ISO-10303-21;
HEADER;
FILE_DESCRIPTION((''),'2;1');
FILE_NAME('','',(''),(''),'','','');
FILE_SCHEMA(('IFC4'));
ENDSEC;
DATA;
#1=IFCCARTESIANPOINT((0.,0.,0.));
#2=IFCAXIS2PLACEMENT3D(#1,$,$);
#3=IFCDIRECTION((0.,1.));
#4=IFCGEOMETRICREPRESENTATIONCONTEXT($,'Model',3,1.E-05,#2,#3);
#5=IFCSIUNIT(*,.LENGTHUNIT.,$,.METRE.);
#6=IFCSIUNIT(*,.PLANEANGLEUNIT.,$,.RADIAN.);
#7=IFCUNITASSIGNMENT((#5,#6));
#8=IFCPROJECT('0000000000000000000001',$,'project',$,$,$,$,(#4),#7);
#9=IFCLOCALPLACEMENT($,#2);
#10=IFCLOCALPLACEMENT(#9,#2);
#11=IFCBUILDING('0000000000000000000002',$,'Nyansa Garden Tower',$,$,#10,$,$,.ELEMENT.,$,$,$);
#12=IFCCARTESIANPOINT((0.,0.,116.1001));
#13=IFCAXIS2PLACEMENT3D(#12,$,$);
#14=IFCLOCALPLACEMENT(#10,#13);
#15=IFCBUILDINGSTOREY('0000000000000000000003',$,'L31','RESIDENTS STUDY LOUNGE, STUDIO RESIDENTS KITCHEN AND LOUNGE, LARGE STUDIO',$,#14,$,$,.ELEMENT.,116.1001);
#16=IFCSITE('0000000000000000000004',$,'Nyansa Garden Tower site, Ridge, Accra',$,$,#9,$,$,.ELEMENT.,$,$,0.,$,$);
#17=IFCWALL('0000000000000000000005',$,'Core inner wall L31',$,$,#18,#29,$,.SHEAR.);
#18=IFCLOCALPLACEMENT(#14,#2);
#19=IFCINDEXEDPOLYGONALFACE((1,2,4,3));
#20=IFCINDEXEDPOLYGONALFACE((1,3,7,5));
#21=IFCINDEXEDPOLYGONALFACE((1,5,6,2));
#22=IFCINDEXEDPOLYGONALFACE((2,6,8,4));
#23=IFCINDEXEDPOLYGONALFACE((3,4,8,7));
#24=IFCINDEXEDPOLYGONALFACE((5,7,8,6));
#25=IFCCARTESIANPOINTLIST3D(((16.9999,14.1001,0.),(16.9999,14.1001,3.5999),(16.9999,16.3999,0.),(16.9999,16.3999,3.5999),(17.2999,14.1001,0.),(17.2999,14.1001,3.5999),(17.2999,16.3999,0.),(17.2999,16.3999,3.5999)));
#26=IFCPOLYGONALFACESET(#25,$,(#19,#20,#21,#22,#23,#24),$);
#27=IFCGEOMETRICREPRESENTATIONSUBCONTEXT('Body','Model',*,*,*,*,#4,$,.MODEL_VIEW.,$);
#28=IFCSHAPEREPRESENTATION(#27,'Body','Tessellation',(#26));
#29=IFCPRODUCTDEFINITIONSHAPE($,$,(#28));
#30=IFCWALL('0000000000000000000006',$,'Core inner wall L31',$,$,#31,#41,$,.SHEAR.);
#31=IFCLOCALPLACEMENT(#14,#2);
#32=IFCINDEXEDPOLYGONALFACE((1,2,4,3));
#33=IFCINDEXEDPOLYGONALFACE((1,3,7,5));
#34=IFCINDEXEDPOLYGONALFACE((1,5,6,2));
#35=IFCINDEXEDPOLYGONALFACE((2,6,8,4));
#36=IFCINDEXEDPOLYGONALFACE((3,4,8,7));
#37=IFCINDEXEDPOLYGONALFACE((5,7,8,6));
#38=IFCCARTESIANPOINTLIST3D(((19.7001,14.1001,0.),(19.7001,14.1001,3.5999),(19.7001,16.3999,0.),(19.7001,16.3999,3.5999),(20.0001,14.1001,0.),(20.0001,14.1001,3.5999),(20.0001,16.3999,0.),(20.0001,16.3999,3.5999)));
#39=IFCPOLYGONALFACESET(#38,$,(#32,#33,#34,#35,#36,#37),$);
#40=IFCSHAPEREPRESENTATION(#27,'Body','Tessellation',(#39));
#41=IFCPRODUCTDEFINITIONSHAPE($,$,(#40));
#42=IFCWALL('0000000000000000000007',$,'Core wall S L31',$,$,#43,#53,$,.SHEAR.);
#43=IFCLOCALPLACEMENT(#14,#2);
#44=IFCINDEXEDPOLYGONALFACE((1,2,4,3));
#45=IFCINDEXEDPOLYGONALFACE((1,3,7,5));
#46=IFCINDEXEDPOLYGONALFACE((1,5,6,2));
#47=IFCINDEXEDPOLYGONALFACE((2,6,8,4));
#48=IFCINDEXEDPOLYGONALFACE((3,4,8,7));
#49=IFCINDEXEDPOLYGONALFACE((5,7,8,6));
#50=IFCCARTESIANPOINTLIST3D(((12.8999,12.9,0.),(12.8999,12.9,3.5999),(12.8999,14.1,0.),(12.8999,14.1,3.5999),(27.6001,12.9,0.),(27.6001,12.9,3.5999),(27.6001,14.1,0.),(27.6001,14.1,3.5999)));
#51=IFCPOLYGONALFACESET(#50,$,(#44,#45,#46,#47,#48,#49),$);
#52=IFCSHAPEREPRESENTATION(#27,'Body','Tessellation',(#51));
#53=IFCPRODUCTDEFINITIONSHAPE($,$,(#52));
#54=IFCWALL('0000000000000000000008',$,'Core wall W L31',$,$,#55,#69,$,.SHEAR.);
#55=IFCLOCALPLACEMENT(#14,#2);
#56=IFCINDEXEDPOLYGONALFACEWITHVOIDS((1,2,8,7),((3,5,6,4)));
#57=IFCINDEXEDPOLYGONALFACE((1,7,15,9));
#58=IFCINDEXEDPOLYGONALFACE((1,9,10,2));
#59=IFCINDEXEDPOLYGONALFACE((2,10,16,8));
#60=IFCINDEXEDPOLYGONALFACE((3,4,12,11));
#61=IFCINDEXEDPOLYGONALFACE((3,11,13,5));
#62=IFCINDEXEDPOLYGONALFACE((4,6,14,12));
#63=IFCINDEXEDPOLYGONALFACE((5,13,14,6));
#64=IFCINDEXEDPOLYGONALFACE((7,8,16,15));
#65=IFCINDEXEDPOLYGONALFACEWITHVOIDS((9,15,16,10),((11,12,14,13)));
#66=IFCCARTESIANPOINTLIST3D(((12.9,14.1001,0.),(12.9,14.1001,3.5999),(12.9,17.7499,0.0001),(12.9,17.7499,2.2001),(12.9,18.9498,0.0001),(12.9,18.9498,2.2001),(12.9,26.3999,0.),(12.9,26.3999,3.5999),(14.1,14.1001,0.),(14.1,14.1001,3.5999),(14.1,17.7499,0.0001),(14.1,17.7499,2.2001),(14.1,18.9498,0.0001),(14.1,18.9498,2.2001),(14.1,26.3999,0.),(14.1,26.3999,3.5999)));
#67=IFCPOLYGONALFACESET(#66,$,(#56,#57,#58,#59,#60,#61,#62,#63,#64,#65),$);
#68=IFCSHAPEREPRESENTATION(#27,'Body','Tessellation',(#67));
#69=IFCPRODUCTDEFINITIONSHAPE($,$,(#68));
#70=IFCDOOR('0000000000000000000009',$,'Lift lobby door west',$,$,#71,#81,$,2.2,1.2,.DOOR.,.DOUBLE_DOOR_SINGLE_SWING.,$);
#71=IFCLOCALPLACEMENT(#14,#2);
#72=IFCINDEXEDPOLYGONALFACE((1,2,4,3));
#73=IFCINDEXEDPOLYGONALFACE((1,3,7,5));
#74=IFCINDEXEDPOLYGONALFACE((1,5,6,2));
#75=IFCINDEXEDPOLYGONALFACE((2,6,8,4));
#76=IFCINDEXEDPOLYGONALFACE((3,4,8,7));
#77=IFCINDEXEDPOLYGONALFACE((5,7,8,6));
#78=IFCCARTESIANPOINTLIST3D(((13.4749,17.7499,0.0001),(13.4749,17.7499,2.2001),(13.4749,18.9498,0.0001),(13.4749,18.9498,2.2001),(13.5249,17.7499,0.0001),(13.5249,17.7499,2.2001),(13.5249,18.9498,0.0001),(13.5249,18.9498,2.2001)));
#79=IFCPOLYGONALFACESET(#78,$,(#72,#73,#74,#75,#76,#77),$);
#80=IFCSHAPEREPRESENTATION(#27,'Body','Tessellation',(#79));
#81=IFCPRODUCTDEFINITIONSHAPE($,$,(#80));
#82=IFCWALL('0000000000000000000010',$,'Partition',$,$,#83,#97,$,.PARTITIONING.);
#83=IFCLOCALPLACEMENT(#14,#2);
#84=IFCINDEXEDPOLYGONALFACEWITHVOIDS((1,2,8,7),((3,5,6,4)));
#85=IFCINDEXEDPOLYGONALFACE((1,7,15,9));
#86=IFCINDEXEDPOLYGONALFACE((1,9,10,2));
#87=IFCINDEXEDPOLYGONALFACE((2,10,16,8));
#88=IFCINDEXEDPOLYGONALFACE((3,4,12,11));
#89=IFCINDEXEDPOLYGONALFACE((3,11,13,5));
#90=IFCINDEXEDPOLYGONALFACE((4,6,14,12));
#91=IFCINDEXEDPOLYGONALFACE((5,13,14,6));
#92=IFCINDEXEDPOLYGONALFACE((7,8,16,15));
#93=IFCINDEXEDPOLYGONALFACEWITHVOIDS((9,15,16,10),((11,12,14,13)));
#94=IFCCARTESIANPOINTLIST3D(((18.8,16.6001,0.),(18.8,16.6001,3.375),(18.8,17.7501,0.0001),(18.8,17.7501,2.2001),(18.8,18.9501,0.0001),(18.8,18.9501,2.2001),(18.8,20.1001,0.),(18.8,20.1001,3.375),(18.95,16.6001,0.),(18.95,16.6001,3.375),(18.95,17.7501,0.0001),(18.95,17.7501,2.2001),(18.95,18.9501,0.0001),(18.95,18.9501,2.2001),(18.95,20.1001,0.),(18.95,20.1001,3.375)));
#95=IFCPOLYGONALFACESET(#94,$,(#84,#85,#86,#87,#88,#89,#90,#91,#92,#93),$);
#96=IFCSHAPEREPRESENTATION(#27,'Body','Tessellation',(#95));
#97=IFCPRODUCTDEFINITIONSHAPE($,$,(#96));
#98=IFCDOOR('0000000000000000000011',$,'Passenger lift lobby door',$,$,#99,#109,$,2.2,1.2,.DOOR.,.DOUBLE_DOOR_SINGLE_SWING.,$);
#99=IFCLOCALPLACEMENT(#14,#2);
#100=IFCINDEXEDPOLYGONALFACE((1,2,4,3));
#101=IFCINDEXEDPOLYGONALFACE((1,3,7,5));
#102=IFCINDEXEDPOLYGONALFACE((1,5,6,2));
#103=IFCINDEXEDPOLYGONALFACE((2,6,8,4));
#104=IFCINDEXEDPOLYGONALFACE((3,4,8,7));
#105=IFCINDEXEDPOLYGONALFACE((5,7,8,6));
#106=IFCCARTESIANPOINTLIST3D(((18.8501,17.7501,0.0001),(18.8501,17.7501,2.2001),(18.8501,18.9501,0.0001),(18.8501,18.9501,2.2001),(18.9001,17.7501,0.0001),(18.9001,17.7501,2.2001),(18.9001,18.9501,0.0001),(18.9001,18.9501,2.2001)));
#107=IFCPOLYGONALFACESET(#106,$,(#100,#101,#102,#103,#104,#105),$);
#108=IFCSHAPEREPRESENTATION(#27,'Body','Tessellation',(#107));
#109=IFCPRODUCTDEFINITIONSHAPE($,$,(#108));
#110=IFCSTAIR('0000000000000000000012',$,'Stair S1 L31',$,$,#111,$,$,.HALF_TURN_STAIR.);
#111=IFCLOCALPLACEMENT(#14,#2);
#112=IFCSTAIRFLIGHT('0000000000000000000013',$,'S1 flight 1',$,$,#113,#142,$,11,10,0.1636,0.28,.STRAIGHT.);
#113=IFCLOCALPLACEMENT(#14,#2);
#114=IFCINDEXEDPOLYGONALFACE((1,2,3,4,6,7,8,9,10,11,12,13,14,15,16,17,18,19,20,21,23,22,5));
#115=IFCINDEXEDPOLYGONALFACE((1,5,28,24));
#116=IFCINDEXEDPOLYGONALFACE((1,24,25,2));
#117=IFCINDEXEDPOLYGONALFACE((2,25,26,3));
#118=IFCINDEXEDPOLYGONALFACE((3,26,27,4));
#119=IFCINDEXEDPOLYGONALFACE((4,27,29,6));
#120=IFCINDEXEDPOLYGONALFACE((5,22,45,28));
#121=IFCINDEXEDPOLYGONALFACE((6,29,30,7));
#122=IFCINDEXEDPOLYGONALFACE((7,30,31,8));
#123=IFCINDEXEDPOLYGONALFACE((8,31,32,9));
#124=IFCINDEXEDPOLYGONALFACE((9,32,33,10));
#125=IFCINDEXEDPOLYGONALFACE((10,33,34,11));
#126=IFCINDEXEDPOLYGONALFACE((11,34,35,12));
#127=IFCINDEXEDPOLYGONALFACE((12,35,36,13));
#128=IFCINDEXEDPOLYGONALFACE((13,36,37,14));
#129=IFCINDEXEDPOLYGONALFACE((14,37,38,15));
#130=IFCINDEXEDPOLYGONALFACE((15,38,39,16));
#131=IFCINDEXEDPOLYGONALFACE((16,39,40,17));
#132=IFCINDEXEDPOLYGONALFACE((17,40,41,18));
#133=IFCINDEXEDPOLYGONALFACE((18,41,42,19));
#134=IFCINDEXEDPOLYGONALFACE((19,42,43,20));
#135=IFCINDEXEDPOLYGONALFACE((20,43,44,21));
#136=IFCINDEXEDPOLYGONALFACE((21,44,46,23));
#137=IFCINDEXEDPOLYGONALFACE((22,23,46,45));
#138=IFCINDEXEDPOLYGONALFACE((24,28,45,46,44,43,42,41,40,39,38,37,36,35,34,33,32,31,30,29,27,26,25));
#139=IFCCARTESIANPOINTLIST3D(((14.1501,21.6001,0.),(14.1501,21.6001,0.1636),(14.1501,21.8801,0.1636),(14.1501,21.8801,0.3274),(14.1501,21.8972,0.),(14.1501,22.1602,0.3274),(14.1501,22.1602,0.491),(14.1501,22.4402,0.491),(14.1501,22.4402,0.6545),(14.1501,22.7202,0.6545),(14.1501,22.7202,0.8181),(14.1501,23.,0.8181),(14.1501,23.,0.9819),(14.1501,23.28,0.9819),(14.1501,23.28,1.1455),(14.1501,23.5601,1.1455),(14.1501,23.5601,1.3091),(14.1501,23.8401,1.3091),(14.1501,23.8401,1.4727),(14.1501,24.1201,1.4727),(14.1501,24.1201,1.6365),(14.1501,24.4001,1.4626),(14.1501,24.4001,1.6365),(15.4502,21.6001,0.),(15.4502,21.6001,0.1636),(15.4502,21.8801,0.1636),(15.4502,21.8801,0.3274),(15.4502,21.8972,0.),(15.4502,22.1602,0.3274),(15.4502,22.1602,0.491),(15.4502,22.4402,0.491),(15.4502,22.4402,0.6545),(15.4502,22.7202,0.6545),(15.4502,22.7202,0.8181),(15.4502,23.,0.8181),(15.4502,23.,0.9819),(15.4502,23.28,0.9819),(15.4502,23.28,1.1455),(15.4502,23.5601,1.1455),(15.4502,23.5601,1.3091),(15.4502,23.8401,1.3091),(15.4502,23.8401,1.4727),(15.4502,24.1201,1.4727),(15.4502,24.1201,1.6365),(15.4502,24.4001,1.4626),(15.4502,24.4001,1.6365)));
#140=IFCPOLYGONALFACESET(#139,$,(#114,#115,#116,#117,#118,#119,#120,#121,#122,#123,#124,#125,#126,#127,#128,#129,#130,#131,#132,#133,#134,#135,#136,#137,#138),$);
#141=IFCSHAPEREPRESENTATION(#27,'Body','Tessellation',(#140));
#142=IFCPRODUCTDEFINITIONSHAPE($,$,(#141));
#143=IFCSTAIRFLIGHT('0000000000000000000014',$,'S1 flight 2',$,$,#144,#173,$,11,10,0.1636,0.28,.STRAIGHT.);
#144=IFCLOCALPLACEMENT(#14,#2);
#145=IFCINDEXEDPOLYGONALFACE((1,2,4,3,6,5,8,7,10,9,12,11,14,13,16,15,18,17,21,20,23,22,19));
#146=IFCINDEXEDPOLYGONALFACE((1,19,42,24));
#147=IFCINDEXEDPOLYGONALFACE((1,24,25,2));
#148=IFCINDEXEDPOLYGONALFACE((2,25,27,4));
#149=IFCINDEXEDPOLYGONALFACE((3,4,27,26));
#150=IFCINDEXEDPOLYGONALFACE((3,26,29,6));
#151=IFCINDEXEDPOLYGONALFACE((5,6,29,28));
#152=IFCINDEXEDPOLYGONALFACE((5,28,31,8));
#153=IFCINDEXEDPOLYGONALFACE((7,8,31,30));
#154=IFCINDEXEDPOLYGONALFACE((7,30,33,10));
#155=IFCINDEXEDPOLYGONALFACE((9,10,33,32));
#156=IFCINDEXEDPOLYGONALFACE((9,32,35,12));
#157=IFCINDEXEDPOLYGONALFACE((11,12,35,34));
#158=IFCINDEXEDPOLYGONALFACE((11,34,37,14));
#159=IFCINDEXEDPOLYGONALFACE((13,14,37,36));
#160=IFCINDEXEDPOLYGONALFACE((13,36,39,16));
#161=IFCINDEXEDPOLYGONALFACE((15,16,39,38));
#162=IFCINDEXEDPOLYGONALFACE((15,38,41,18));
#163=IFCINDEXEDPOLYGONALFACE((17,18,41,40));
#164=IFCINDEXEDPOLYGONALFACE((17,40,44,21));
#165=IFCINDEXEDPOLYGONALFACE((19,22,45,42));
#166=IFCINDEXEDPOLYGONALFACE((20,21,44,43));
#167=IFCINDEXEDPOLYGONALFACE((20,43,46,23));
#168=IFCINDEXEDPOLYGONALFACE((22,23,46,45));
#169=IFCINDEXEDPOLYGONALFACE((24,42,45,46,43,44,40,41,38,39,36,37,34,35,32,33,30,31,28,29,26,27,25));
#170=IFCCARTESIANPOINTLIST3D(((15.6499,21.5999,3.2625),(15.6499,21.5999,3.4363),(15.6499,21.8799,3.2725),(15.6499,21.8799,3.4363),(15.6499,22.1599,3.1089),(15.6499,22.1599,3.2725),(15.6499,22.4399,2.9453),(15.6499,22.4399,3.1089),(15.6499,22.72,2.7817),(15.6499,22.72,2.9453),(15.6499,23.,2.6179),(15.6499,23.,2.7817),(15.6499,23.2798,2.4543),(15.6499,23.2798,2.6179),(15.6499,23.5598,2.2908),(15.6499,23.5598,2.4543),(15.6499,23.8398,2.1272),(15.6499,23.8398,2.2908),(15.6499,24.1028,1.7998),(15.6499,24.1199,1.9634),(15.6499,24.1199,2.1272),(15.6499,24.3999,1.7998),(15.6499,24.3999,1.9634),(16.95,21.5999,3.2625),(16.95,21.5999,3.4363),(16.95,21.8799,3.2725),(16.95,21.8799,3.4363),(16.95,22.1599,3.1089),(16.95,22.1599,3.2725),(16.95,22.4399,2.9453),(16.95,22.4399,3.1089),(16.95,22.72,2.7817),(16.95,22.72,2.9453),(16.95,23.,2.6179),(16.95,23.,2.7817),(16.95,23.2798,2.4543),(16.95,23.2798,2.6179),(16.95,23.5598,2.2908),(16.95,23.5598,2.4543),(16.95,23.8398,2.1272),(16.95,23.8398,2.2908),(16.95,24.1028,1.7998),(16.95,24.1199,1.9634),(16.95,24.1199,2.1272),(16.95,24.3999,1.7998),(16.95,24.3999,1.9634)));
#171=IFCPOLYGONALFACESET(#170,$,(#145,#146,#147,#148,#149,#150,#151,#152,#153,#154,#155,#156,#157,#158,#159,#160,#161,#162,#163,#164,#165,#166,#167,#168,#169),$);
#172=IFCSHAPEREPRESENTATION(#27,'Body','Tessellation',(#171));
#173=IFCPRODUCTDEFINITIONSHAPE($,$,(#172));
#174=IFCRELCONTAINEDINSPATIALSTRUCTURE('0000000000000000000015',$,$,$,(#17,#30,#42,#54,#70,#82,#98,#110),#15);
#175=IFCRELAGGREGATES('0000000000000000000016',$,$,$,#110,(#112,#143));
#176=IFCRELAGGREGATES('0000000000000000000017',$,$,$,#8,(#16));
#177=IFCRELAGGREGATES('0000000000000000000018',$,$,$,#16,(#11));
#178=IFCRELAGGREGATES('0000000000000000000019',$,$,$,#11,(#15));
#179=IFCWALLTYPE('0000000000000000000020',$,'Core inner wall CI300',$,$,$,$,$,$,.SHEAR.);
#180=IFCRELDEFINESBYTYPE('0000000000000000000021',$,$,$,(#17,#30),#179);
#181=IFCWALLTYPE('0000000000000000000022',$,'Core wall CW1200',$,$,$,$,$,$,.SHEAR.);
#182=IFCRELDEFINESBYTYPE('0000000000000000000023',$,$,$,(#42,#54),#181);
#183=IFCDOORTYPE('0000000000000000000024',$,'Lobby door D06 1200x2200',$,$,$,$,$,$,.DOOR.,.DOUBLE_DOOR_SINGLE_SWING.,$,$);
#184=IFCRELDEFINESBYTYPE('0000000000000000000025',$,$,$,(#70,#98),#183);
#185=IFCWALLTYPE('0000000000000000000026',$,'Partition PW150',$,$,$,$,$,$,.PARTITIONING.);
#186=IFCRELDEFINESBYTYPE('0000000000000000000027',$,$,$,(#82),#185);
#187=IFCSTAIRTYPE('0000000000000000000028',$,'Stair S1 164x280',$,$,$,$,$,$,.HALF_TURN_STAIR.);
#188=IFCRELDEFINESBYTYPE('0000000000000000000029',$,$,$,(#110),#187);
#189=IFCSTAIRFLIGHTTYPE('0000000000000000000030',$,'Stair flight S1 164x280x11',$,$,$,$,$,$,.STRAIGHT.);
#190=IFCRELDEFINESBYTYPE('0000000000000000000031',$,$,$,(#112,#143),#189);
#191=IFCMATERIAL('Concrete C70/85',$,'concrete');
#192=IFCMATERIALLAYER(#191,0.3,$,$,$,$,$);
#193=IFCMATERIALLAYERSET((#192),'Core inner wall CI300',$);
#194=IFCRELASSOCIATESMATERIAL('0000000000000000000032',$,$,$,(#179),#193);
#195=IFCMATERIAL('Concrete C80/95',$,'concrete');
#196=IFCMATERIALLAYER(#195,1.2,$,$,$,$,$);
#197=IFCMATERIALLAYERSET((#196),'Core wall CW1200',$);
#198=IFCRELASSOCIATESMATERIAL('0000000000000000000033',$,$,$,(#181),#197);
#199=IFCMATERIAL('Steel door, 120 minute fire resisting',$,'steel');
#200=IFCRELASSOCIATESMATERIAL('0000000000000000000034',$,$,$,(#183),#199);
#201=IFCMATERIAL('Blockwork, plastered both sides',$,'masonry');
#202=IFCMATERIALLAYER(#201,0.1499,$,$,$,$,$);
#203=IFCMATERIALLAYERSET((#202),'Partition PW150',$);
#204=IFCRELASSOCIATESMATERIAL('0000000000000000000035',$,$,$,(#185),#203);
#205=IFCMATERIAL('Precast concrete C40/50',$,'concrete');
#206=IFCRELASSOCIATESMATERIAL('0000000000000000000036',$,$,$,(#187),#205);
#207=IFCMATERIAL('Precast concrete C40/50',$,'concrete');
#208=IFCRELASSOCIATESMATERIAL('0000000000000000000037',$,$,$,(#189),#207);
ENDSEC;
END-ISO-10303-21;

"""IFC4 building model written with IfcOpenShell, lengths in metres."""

from ifc_helpers import new_model, si_unit, direction, frame, frame_2d, origin, place, context, subcontext, project, spatial, polyline, rectangle, outline, extrude, material, layer, layer_set, type_object, element, fill, aggregate, save


model = new_model("IFC4")

# Units and contexts
model_context = context("Model", 3, precision=1e-05, world=origin(), true_north=direction((0.0, 1.0)))
body_context = subcontext(model_context, "Body", "Model", "MODEL_VIEW")
ifc_project = project(units=[si_unit("LENGTHUNIT", "METRE"), si_unit("PLANEANGLEUNIT", "RADIAN")], contexts=[model_context])

# Site, building, storey
site_placement = place(None, origin())
site = spatial("IfcSite", under=ifc_project, at=site_placement, Name="Nyansa Garden Tower site, Ridge, Accra", CompositionType="ELEMENT", RefElevation=0.0)
building_placement = place(site_placement, origin())
building = spatial("IfcBuilding", under=site, at=building_placement, Name="Nyansa Garden Tower", CompositionType="ELEMENT")
storey_placement = place(building_placement, frame((0.0, 0.0, 116.1001)))
storey = spatial("IfcBuildingStorey", under=building, at=storey_placement, Name="L31", Description="RESIDENTS STUDY LOUNGE, STUDIO RESIDENTS KITCHEN AND LOUNGE, LARGE STUDIO", CompositionType="ELEMENT", Elevation=116.1001)

# Walls
ifc_material_1 = material(Name="Concrete C70/85", Category="concrete")
ifc_layer_1 = layer(ifc_material_1, 0.3)
ifc_layer_set_1 = layer_set([ifc_layer_1], Name="Core inner wall CI300")
wall_type_1 = type_object("IfcWallType", Name="Core inner wall CI300", PredefinedType="SHEAR", material=ifc_layer_set_1)
for number, where, z_axis, x_axis, name in (
    (1, (17.1499, 14.1001, 0.0), (0.0, 0.0, 1.0), (0.0, 1.0, 0.0), "Core inner wall L31"),
    (2, (19.8501, 14.1001, 0.0), (0.0, 0.0, 1.0), (0.0, 1.0, 0.0), "Core inner wall L31"),
):
    element("IfcWall", number, at=place(storey_placement, frame(where, z_axis=z_axis, x_axis=x_axis)), inside=storey, type_object=wall_type_1, Name=name, PredefinedType="SHEAR", context=body_context, shape_type="SweptSolid", body=[
        extrude(rectangle(XDim=2.2998, YDim=0.3, at=frame_2d((1.1499, 0.0))), origin(), (0.0, 0.0, 1.0), 3.5999),
    ])
ifc_material_2 = material(Name="Concrete C80/95", Category="concrete")
ifc_layer_2 = layer(ifc_material_2, 1.2)
ifc_layer_set_2 = layer_set([ifc_layer_2], Name="Core wall CW1200")
wall_type_2 = type_object("IfcWallType", Name="Core wall CW1200", PredefinedType="SHEAR", material=ifc_layer_set_2)
wall_1_placement = place(storey_placement, frame((12.8999, 13.5, 0.0), z_axis=(0.0, 0.0, 1.0), x_axis=(1.0, 0.0, 0.0)))
element("IfcWall", 3, at=wall_1_placement, inside=storey, type_object=wall_type_2, Name="Core wall S L31", PredefinedType="SHEAR", context=body_context, shape_type="SweptSolid", body=[
    extrude(rectangle(XDim=14.7002, YDim=1.2, at=frame_2d((7.3501, 0.0))), origin(), (0.0, 0.0, 1.0), 3.5999),
])

# Walls, openings, doors
wall_2_placement = place(storey_placement, frame((13.5, 26.3999, 0.0), z_axis=(0.0, 0.0, 1.0), x_axis=(0.0, -1.0, 0.0)))
wall_2 = element("IfcWall", 4, at=wall_2_placement, inside=storey, type_object=wall_type_2, Name="Core wall W L31", PredefinedType="SHEAR", context=body_context, shape_type="SweptSolid", body=[
    extrude(rectangle(XDim=12.2998, YDim=1.2, at=frame_2d((6.1499, 0.0))), origin(), (0.0, 0.0, 1.0), 3.5999),
])
opening_1_placement = place(wall_2_placement, frame((7.45, 0.0, 0.0)))
opening_1 = element("IfcOpeningElement", 5, at=opening_1_placement, cuts=wall_2, PredefinedType="OPENING", context=body_context, shape_type="SweptSolid", body=[
    extrude(rectangle(XDim=1.2, YDim=2.2, at=frame_2d((0.6001, 1.1001))), frame((0.0, 0.6099, 0.0), z_axis=(0.0, -1.0, 0.0), x_axis=(1.0, 0.0, 0.0)), (0.0, 0.0, 1.0), 1.22),
])
ifc_material_3 = material(Name="Steel door, 120 minute fire resisting", Category="steel")
door_type_1 = type_object("IfcDoorType", Name="Lobby door D06 1200x2200", OperationType="DOUBLE_DOOR_SINGLE_SWING", PredefinedType="DOOR", material=ifc_material_3)
door_1_placement = place(opening_1_placement, origin())
door_1 = element("IfcDoor", 6, at=door_1_placement, inside=storey, type_object=door_type_1, Name="Lift lobby door west", OperationType="DOUBLE_DOOR_SINGLE_SWING", OverallHeight=2.2, OverallWidth=1.2, PredefinedType="DOOR", context=body_context, shape_type="SweptSolid", body=[
    extrude(rectangle(XDim=1.2, YDim=2.2, at=frame_2d((0.6001, 1.1001))), frame((0.0, 0.0249, 0.0), z_axis=(0.0, -1.0, 0.0), x_axis=(1.0, 0.0, 0.0)), (0.0, 0.0, 1.0), 0.05),
])
fill(opening_1, door_1)
ifc_material_4 = material(Name="Blockwork, plastered both sides", Category="masonry")
ifc_layer_3 = layer(ifc_material_4, 0.1499)
ifc_layer_set_3 = layer_set([ifc_layer_3], Name="Partition PW150")
wall_type_3 = type_object("IfcWallType", Name="Partition PW150", PredefinedType="PARTITIONING", material=ifc_layer_set_3)
wall_3_placement = place(storey_placement, frame((18.875, 16.6001, 0.0), z_axis=(0.0, 0.0, 1.0), x_axis=(0.0, 1.0, 0.0)))
wall_3 = element("IfcWall", 7, at=wall_3_placement, inside=storey, type_object=wall_type_3, Name="Partition", PredefinedType="PARTITIONING", context=body_context, shape_type="SweptSolid", body=[
    extrude(rectangle(XDim=3.5, YDim=0.1499, at=frame_2d((1.75, 0.0))), origin(), (0.0, 0.0, 1.0), 3.375),
])
opening_2_placement = place(wall_3_placement, frame((1.1499, 0.0, 0.0)))
opening_2 = element("IfcOpeningElement", 8, at=opening_2_placement, cuts=wall_3, PredefinedType="OPENING", context=body_context, shape_type="SweptSolid", body=[
    extrude(rectangle(XDim=1.2, YDim=2.2, at=frame_2d((0.6001, 1.1001))), frame((0.0, 0.085, 0.0), z_axis=(0.0, -1.0, 0.0), x_axis=(1.0, 0.0, 0.0)), (0.0, 0.0, 1.0), 0.1699),
])
door_2_placement = place(opening_2_placement, origin())
door_2 = element("IfcDoor", 9, at=door_2_placement, inside=storey, type_object=door_type_1, Name="Passenger lift lobby door", OperationType="DOUBLE_DOOR_SINGLE_SWING", OverallHeight=2.2, OverallWidth=1.2, PredefinedType="DOOR", context=body_context, shape_type="SweptSolid", body=[
    extrude(rectangle(XDim=1.2, YDim=2.2, at=frame_2d((0.6001, 1.1001))), frame((0.0, 0.0249, 0.0), z_axis=(0.0, -1.0, 0.0), x_axis=(1.0, 0.0, 0.0)), (0.0, 0.0, 1.0), 0.05),
])
fill(opening_2, door_2)

# Stair, stair flights
ifc_material_5 = material(Name="Precast concrete C40/50", Category="concrete")
stair_type = type_object("IfcStairType", Name="Stair S1 164x280", PredefinedType="HALF_TURN_STAIR", material=ifc_material_5)
stair_placement = place(storey_placement, origin())
stair = element("IfcStair", 10, at=stair_placement, inside=storey, type_object=stair_type, Name="Stair S1 L31", PredefinedType="HALF_TURN_STAIR")
ifc_material_6 = material(Name="Precast concrete C40/50", Category="concrete")
stair_flight_type = type_object("IfcStairFlightType", Name="Stair flight S1 164x280x11", PredefinedType="STRAIGHT", material=ifc_material_6)
stair_flight_1_placement = place(storey_placement, frame((14.8, 21.6001, 0.0), z_axis=(0.0, 0.0, 1.0), x_axis=(0.0, 1.0, 0.0)))
stair_flight_1 = element("IfcStairFlight", 11, at=stair_flight_1_placement, type_object=stair_flight_type, Name="S1 flight 1", NumberOfRisers=11, NumberOfTreads=10, PredefinedType="STRAIGHT", RiserHeight=0.1636, TreadLength=0.28, context=body_context, shape_type="SweptSolid", body=[
    extrude(outline(polyline([(0.0, 0.0), (0.0, 0.1636), (0.28, 0.1636), (0.28, 0.3274), (0.5601, 0.3274), (0.5601, 0.491), (0.8401, 0.491), (0.8401, 0.6545), (1.1201, 0.6545), (1.1201, 0.8181), (1.3999, 0.8181), (1.3999, 0.9819), (1.6799, 0.9819), (1.6799, 1.1455), (1.96, 1.1455), (1.96, 1.3091), (2.24, 1.3091), (2.24, 1.4727), (2.52, 1.4727), (2.52, 1.6365), (2.8, 1.6365), (2.8, 1.8), (2.8, 1.4626), (0.2971, 0.0), (0.0, 0.0)])), frame((0.0, 0.6499, 0.0), z_axis=(0.0, -1.0, 0.0), x_axis=(1.0, 0.0, 0.0)), (0.0, 0.0, 1.0), 1.3),
])
stair_flight_2_placement = place(storey_placement, frame((16.3, 24.3999, 1.7998), z_axis=(0.0, 0.0, 1.0), x_axis=(0.0, -1.0, 0.0)))
stair_flight_2 = element("IfcStairFlight", 12, at=stair_flight_2_placement, type_object=stair_flight_type, Name="S1 flight 2", NumberOfRisers=11, NumberOfTreads=10, PredefinedType="STRAIGHT", RiserHeight=0.1636, TreadLength=0.28, context=body_context, shape_type="SweptSolid", body=[
    extrude(outline(polyline([(0.0, 0.0), (0.0, 0.1636), (0.28, 0.1636), (0.28, 0.3274), (0.5601, 0.3274), (0.5601, 0.491), (0.8401, 0.491), (0.8401, 0.6545), (1.1201, 0.6545), (1.1201, 0.8181), (1.3999, 0.8181), (1.3999, 0.9819), (1.6799, 0.9819), (1.6799, 1.1455), (1.96, 1.1455), (1.96, 1.3091), (2.24, 1.3091), (2.24, 1.4727), (2.52, 1.4727), (2.52, 1.6365), (2.8, 1.6365), (2.8, 1.8), (2.8, 1.4626), (0.2971, 0.0), (0.0, 0.0)])), frame((0.0, 0.6499, 0.0), z_axis=(0.0, -1.0, 0.0), x_axis=(1.0, 0.0, 0.0)), (0.0, 0.0, 1.0), 1.3),
])
aggregate(stair, [stair_flight_1, stair_flight_2])

save(model, "model.ifc")
